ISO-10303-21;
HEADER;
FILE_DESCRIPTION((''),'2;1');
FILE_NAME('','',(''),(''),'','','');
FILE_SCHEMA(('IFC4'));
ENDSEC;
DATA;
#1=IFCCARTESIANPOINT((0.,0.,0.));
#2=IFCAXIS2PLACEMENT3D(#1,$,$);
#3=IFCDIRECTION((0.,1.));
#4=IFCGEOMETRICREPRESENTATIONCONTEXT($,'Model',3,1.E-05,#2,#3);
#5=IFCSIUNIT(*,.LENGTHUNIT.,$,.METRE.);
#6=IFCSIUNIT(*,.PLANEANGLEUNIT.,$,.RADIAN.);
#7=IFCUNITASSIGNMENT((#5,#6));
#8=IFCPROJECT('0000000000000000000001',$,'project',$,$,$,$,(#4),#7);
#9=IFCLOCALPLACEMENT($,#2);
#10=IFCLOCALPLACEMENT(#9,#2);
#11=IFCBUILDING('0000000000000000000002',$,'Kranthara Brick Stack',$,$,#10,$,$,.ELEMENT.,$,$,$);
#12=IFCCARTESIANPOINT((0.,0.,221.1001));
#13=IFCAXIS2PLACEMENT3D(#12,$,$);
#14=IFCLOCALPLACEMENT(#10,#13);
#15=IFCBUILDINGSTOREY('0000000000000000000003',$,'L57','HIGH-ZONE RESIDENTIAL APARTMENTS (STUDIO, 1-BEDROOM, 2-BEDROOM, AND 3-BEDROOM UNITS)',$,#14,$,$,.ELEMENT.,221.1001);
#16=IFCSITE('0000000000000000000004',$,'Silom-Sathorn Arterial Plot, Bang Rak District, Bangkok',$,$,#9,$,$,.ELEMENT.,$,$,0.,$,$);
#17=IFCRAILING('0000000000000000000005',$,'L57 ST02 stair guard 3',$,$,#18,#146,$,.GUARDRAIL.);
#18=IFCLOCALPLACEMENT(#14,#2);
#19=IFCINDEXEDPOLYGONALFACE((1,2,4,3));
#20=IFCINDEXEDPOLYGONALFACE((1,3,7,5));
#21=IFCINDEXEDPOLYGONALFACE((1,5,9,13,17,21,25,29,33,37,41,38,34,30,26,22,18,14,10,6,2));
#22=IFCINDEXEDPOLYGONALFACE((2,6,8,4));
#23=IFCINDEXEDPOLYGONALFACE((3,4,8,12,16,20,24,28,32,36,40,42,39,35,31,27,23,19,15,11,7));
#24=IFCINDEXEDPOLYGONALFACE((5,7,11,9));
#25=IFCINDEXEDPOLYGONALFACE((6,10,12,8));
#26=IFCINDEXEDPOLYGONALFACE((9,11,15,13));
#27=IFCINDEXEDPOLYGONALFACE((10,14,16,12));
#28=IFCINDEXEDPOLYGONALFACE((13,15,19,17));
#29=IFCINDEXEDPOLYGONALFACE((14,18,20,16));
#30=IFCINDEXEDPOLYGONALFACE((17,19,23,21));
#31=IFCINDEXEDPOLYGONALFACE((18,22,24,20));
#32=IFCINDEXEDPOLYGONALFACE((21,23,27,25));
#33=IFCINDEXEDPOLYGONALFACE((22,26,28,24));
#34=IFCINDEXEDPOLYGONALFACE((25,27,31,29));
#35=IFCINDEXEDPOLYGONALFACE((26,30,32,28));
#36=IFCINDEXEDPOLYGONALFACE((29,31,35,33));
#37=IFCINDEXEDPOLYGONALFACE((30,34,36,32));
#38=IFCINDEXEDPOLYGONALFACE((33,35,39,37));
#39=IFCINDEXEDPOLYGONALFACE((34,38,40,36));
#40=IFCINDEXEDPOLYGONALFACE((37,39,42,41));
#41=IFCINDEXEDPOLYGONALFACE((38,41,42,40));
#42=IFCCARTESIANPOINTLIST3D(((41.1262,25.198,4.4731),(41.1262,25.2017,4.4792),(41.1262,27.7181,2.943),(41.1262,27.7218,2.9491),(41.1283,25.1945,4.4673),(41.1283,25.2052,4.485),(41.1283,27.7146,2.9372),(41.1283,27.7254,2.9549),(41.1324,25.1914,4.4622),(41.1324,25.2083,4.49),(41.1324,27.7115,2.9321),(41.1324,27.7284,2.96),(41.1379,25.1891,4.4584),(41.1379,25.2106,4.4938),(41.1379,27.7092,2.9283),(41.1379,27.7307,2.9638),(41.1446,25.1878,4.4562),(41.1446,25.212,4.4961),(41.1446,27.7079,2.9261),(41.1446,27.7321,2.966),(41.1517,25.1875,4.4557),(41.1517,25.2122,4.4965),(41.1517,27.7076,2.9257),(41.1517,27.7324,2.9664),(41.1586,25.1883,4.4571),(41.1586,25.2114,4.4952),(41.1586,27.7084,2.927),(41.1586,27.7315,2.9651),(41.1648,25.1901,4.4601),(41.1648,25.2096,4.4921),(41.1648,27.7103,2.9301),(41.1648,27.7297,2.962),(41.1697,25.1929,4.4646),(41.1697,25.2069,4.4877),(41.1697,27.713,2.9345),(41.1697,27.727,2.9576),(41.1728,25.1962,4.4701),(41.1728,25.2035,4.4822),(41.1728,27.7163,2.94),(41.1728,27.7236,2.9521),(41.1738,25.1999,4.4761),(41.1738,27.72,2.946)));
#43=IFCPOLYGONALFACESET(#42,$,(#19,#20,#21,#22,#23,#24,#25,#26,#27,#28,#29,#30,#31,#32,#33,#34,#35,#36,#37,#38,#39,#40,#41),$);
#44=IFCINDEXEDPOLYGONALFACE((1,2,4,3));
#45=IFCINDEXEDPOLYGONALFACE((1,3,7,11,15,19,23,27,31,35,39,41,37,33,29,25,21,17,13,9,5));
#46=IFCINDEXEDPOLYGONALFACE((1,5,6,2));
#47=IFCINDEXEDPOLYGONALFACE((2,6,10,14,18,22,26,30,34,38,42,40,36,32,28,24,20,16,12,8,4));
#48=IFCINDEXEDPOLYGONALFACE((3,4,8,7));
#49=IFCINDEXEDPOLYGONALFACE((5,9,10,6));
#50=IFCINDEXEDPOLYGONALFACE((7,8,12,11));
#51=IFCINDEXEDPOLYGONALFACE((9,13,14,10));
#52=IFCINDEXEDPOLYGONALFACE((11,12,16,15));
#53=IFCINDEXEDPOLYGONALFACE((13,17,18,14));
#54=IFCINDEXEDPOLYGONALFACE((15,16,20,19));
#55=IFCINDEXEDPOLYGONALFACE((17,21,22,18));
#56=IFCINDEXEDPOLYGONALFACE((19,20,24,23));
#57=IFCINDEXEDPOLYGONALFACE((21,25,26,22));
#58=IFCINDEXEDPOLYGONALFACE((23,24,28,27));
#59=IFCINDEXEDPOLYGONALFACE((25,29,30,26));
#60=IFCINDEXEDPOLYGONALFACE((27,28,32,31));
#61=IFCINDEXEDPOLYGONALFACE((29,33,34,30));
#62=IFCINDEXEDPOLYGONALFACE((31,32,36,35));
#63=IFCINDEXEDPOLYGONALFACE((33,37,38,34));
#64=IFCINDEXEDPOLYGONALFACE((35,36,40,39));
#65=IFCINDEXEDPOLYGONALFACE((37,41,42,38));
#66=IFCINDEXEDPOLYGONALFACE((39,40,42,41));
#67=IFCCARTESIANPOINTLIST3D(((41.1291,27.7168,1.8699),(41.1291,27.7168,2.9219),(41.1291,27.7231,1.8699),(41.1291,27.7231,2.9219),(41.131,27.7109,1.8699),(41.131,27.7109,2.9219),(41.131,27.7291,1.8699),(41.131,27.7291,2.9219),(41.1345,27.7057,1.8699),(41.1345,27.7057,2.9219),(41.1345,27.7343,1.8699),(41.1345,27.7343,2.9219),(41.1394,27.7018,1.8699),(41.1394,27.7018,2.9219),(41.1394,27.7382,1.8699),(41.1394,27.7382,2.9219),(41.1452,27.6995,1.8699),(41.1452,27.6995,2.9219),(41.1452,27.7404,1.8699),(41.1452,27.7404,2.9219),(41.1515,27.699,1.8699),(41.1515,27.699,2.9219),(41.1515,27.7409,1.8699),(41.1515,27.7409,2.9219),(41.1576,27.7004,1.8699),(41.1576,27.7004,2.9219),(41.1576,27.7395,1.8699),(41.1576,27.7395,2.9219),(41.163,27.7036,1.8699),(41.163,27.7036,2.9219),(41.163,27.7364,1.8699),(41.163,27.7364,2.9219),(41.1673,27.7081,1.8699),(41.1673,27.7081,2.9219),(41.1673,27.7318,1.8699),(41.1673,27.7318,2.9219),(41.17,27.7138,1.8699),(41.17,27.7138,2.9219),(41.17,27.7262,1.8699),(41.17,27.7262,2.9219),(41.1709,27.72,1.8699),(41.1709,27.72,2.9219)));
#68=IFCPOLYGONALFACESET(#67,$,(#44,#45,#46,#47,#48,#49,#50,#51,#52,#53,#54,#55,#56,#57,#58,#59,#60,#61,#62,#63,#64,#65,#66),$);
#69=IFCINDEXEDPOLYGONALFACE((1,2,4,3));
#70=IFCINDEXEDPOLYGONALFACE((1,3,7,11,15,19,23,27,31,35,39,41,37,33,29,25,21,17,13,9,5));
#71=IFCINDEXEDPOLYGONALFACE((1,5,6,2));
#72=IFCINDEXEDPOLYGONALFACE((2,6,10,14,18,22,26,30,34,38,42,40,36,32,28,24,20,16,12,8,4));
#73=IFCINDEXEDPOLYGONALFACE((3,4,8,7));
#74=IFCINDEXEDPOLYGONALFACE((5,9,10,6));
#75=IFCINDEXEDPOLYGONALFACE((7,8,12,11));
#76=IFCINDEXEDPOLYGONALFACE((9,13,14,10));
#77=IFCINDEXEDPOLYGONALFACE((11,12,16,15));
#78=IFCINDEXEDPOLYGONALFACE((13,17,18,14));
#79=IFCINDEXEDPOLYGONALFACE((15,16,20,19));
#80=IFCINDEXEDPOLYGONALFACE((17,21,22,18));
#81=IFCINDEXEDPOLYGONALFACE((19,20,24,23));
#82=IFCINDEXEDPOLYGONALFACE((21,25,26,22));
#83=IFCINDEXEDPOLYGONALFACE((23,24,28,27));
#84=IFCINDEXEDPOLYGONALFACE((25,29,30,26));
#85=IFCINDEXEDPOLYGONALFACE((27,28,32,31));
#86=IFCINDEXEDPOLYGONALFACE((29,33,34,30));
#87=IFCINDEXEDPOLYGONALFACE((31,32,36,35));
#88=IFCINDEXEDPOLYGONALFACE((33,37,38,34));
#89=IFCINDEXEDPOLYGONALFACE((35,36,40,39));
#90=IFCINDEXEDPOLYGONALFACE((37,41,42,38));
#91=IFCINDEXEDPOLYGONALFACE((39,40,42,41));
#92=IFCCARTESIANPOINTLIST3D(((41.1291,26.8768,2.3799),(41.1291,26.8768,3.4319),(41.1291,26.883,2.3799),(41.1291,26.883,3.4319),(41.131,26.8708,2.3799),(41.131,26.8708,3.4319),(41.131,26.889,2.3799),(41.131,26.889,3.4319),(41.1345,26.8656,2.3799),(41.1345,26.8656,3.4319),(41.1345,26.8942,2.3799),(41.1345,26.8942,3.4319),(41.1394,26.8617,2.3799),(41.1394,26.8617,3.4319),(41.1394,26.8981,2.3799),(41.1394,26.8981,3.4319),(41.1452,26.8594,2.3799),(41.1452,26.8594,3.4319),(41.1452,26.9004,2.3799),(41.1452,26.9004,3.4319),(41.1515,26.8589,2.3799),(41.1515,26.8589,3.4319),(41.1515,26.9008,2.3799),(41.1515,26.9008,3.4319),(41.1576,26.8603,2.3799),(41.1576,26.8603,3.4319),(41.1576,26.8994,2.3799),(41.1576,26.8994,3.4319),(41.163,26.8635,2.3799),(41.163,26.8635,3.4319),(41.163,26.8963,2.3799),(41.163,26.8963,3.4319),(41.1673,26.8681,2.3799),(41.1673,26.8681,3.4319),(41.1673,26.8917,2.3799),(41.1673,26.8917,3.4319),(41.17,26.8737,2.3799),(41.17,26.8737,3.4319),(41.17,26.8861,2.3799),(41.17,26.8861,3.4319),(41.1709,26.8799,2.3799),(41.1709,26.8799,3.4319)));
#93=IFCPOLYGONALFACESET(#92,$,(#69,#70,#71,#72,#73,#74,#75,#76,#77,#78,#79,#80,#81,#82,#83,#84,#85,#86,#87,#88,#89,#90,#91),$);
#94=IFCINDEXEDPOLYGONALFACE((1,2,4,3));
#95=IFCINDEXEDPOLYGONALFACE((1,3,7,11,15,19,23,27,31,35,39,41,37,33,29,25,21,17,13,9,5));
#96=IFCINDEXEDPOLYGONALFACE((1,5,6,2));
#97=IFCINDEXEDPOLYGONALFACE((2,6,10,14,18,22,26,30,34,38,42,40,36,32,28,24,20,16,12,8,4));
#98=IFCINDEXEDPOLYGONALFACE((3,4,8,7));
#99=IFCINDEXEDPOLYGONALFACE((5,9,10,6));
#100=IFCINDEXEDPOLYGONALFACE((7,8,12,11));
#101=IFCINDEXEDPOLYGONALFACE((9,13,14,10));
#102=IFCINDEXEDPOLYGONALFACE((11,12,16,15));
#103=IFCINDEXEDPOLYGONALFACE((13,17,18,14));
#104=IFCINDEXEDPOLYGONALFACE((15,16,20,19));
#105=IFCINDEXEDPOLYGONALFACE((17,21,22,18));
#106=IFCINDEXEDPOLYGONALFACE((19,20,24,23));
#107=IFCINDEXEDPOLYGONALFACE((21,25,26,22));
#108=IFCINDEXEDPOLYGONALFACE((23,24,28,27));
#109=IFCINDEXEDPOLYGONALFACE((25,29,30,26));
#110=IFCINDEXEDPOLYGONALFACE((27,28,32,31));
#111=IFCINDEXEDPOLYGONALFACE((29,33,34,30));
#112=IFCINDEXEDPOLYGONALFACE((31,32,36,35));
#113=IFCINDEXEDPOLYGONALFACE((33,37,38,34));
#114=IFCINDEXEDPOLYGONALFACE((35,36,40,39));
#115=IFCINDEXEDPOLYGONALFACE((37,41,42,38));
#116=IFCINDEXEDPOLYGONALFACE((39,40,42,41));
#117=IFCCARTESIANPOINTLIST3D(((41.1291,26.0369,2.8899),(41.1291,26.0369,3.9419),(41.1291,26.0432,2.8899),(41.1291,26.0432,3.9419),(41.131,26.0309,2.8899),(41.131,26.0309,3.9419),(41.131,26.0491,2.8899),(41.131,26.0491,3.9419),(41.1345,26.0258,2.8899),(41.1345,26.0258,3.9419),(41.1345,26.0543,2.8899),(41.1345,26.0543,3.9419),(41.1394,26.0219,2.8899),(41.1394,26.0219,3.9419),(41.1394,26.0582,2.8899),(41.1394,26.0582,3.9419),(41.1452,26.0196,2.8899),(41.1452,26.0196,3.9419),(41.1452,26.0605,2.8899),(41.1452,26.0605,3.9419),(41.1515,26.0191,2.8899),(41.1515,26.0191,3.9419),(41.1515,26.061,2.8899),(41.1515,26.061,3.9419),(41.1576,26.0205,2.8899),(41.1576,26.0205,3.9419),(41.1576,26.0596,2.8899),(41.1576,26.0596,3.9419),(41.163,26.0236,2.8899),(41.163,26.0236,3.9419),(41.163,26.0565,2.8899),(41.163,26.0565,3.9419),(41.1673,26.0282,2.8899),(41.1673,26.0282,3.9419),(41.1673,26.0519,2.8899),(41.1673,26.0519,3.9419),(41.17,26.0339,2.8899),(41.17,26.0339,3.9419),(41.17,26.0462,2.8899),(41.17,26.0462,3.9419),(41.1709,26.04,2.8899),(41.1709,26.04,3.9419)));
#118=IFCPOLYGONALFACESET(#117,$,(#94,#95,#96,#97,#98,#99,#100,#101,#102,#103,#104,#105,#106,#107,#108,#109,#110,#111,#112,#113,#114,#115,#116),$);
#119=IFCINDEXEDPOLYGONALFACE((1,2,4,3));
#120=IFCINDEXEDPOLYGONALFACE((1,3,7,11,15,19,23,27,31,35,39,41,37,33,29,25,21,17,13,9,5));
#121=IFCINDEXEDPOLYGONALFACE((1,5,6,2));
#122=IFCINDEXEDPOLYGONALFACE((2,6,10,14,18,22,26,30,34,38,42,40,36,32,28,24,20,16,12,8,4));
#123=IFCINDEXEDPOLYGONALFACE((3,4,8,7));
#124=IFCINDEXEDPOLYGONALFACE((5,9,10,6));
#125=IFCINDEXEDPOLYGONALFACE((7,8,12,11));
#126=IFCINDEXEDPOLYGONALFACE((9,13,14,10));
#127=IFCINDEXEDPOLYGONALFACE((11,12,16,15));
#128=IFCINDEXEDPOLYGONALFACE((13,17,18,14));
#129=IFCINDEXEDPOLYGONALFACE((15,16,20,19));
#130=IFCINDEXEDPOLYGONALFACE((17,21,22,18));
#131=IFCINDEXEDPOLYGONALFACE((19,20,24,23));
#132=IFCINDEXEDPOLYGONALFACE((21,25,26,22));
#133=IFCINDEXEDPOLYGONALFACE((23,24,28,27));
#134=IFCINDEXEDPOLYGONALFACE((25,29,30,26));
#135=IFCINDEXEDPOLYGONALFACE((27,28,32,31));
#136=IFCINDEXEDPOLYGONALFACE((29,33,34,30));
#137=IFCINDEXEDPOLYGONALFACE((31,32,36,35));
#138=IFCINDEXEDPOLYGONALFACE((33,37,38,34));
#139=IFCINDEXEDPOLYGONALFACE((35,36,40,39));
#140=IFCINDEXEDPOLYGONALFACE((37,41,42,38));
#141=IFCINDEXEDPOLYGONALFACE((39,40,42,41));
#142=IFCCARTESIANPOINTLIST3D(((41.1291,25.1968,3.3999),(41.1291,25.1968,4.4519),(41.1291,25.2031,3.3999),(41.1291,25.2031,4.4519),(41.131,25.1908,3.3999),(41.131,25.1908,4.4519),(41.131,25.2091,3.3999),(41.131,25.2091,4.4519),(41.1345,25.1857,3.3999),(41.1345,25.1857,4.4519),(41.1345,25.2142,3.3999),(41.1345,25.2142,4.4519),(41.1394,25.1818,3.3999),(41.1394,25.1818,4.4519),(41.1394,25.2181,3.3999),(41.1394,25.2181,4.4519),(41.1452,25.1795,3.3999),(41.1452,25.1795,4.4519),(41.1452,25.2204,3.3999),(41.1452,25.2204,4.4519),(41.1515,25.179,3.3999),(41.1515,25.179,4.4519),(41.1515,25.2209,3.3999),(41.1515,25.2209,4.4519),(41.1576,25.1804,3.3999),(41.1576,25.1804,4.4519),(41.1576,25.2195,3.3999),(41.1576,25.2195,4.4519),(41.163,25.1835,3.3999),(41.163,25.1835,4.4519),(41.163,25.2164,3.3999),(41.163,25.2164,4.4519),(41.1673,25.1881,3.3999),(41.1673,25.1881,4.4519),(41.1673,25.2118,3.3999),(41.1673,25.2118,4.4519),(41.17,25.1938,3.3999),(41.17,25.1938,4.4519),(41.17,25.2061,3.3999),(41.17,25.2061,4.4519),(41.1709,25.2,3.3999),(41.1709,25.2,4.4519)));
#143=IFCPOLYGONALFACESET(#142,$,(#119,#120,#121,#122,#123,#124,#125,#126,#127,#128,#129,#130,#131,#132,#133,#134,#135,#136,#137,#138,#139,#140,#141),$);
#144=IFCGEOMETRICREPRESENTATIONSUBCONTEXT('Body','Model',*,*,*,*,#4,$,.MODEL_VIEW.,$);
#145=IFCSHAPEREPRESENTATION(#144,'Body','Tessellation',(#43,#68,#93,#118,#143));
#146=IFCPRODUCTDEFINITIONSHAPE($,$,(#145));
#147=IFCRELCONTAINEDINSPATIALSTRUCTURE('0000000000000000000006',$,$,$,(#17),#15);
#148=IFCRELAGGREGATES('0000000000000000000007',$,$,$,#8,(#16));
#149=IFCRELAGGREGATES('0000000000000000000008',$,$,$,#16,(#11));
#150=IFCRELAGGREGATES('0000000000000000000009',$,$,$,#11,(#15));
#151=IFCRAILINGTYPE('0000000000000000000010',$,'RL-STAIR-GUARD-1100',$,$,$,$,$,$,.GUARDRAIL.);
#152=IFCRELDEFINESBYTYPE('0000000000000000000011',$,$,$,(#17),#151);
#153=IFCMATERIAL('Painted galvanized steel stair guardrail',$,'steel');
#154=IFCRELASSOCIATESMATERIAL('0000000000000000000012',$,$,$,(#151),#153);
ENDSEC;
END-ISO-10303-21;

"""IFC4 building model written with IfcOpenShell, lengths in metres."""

from ifc_helpers import new_model, si_unit, direction, frame, origin, origin_2d, place, context, subcontext, project, spatial, circle, extrude, material, type_object, element, save


model = new_model("IFC4")

# Units and contexts
model_context = context("Model", 3, precision=1e-05, world=origin(), true_north=direction((0.0, 1.0)))
body_context = subcontext(model_context, "Body", "Model", "MODEL_VIEW")
ifc_project = project(units=[si_unit("LENGTHUNIT", "METRE"), si_unit("PLANEANGLEUNIT", "RADIAN")], contexts=[model_context])

# Site, building, storey
site_placement = place(None, origin())
site = spatial("IfcSite", under=ifc_project, at=site_placement, Name="Silom-Sathorn Arterial Plot, Bang Rak District, Bangkok", CompositionType="ELEMENT", RefElevation=0.0)
building_placement = place(site_placement, origin())
building = spatial("IfcBuilding", under=site, at=building_placement, Name="Kranthara Brick Stack", CompositionType="ELEMENT")
storey_placement = place(building_placement, frame((0.0, 0.0, 221.1001)))
storey = spatial("IfcBuildingStorey", under=building, at=storey_placement, Name="L57", Description="HIGH-ZONE RESIDENTIAL APARTMENTS (STUDIO, 1-BEDROOM, 2-BEDROOM, AND 3-BEDROOM UNITS)", CompositionType="ELEMENT", Elevation=221.1001)

# Railing
ifc_material_1 = material(Name="Painted galvanized steel stair guardrail", Category="steel")
railing_type_1 = type_object("IfcRailingType", Name="RL-STAIR-GUARD-1100", PredefinedType="GUARDRAIL", material=ifc_material_1)
railing_1_placement = place(storey_placement, frame((41.1499, 27.72, 1.8699)))
element("IfcRailing", 1, at=railing_1_placement, inside=storey, type_object=railing_type_1, Name="L57 ST02 stair guard 3", PredefinedType="GUARDRAIL", context=body_context, shape_type="SweptSolid", body=[
    extrude(circle(Radius=0.0239, at=origin_2d()), frame((0.0, 0.0, 1.0762), z_axis=(0.0, -0.854785, 0.518982), x_axis=(1.0, 0.0, 0.0)), (0.0, 0.0, 1.0), 2.9482),
    extrude(circle(Radius=0.021, at=origin_2d()), origin(), (0.0, 0.0, 1.0), 1.052),
    extrude(circle(Radius=0.021, at=origin_2d()), frame((0.0, -0.8401, 0.51)), (0.0, 0.0, 1.0), 1.052),
    extrude(circle(Radius=0.021, at=origin_2d()), frame((0.0, -1.6799, 1.02)), (0.0, 0.0, 1.0), 1.052),
    extrude(circle(Radius=0.021, at=origin_2d()), frame((0.0, -2.52, 1.53)), (0.0, 0.0, 1.0), 1.052),
])

save(model, "model.ifc")
